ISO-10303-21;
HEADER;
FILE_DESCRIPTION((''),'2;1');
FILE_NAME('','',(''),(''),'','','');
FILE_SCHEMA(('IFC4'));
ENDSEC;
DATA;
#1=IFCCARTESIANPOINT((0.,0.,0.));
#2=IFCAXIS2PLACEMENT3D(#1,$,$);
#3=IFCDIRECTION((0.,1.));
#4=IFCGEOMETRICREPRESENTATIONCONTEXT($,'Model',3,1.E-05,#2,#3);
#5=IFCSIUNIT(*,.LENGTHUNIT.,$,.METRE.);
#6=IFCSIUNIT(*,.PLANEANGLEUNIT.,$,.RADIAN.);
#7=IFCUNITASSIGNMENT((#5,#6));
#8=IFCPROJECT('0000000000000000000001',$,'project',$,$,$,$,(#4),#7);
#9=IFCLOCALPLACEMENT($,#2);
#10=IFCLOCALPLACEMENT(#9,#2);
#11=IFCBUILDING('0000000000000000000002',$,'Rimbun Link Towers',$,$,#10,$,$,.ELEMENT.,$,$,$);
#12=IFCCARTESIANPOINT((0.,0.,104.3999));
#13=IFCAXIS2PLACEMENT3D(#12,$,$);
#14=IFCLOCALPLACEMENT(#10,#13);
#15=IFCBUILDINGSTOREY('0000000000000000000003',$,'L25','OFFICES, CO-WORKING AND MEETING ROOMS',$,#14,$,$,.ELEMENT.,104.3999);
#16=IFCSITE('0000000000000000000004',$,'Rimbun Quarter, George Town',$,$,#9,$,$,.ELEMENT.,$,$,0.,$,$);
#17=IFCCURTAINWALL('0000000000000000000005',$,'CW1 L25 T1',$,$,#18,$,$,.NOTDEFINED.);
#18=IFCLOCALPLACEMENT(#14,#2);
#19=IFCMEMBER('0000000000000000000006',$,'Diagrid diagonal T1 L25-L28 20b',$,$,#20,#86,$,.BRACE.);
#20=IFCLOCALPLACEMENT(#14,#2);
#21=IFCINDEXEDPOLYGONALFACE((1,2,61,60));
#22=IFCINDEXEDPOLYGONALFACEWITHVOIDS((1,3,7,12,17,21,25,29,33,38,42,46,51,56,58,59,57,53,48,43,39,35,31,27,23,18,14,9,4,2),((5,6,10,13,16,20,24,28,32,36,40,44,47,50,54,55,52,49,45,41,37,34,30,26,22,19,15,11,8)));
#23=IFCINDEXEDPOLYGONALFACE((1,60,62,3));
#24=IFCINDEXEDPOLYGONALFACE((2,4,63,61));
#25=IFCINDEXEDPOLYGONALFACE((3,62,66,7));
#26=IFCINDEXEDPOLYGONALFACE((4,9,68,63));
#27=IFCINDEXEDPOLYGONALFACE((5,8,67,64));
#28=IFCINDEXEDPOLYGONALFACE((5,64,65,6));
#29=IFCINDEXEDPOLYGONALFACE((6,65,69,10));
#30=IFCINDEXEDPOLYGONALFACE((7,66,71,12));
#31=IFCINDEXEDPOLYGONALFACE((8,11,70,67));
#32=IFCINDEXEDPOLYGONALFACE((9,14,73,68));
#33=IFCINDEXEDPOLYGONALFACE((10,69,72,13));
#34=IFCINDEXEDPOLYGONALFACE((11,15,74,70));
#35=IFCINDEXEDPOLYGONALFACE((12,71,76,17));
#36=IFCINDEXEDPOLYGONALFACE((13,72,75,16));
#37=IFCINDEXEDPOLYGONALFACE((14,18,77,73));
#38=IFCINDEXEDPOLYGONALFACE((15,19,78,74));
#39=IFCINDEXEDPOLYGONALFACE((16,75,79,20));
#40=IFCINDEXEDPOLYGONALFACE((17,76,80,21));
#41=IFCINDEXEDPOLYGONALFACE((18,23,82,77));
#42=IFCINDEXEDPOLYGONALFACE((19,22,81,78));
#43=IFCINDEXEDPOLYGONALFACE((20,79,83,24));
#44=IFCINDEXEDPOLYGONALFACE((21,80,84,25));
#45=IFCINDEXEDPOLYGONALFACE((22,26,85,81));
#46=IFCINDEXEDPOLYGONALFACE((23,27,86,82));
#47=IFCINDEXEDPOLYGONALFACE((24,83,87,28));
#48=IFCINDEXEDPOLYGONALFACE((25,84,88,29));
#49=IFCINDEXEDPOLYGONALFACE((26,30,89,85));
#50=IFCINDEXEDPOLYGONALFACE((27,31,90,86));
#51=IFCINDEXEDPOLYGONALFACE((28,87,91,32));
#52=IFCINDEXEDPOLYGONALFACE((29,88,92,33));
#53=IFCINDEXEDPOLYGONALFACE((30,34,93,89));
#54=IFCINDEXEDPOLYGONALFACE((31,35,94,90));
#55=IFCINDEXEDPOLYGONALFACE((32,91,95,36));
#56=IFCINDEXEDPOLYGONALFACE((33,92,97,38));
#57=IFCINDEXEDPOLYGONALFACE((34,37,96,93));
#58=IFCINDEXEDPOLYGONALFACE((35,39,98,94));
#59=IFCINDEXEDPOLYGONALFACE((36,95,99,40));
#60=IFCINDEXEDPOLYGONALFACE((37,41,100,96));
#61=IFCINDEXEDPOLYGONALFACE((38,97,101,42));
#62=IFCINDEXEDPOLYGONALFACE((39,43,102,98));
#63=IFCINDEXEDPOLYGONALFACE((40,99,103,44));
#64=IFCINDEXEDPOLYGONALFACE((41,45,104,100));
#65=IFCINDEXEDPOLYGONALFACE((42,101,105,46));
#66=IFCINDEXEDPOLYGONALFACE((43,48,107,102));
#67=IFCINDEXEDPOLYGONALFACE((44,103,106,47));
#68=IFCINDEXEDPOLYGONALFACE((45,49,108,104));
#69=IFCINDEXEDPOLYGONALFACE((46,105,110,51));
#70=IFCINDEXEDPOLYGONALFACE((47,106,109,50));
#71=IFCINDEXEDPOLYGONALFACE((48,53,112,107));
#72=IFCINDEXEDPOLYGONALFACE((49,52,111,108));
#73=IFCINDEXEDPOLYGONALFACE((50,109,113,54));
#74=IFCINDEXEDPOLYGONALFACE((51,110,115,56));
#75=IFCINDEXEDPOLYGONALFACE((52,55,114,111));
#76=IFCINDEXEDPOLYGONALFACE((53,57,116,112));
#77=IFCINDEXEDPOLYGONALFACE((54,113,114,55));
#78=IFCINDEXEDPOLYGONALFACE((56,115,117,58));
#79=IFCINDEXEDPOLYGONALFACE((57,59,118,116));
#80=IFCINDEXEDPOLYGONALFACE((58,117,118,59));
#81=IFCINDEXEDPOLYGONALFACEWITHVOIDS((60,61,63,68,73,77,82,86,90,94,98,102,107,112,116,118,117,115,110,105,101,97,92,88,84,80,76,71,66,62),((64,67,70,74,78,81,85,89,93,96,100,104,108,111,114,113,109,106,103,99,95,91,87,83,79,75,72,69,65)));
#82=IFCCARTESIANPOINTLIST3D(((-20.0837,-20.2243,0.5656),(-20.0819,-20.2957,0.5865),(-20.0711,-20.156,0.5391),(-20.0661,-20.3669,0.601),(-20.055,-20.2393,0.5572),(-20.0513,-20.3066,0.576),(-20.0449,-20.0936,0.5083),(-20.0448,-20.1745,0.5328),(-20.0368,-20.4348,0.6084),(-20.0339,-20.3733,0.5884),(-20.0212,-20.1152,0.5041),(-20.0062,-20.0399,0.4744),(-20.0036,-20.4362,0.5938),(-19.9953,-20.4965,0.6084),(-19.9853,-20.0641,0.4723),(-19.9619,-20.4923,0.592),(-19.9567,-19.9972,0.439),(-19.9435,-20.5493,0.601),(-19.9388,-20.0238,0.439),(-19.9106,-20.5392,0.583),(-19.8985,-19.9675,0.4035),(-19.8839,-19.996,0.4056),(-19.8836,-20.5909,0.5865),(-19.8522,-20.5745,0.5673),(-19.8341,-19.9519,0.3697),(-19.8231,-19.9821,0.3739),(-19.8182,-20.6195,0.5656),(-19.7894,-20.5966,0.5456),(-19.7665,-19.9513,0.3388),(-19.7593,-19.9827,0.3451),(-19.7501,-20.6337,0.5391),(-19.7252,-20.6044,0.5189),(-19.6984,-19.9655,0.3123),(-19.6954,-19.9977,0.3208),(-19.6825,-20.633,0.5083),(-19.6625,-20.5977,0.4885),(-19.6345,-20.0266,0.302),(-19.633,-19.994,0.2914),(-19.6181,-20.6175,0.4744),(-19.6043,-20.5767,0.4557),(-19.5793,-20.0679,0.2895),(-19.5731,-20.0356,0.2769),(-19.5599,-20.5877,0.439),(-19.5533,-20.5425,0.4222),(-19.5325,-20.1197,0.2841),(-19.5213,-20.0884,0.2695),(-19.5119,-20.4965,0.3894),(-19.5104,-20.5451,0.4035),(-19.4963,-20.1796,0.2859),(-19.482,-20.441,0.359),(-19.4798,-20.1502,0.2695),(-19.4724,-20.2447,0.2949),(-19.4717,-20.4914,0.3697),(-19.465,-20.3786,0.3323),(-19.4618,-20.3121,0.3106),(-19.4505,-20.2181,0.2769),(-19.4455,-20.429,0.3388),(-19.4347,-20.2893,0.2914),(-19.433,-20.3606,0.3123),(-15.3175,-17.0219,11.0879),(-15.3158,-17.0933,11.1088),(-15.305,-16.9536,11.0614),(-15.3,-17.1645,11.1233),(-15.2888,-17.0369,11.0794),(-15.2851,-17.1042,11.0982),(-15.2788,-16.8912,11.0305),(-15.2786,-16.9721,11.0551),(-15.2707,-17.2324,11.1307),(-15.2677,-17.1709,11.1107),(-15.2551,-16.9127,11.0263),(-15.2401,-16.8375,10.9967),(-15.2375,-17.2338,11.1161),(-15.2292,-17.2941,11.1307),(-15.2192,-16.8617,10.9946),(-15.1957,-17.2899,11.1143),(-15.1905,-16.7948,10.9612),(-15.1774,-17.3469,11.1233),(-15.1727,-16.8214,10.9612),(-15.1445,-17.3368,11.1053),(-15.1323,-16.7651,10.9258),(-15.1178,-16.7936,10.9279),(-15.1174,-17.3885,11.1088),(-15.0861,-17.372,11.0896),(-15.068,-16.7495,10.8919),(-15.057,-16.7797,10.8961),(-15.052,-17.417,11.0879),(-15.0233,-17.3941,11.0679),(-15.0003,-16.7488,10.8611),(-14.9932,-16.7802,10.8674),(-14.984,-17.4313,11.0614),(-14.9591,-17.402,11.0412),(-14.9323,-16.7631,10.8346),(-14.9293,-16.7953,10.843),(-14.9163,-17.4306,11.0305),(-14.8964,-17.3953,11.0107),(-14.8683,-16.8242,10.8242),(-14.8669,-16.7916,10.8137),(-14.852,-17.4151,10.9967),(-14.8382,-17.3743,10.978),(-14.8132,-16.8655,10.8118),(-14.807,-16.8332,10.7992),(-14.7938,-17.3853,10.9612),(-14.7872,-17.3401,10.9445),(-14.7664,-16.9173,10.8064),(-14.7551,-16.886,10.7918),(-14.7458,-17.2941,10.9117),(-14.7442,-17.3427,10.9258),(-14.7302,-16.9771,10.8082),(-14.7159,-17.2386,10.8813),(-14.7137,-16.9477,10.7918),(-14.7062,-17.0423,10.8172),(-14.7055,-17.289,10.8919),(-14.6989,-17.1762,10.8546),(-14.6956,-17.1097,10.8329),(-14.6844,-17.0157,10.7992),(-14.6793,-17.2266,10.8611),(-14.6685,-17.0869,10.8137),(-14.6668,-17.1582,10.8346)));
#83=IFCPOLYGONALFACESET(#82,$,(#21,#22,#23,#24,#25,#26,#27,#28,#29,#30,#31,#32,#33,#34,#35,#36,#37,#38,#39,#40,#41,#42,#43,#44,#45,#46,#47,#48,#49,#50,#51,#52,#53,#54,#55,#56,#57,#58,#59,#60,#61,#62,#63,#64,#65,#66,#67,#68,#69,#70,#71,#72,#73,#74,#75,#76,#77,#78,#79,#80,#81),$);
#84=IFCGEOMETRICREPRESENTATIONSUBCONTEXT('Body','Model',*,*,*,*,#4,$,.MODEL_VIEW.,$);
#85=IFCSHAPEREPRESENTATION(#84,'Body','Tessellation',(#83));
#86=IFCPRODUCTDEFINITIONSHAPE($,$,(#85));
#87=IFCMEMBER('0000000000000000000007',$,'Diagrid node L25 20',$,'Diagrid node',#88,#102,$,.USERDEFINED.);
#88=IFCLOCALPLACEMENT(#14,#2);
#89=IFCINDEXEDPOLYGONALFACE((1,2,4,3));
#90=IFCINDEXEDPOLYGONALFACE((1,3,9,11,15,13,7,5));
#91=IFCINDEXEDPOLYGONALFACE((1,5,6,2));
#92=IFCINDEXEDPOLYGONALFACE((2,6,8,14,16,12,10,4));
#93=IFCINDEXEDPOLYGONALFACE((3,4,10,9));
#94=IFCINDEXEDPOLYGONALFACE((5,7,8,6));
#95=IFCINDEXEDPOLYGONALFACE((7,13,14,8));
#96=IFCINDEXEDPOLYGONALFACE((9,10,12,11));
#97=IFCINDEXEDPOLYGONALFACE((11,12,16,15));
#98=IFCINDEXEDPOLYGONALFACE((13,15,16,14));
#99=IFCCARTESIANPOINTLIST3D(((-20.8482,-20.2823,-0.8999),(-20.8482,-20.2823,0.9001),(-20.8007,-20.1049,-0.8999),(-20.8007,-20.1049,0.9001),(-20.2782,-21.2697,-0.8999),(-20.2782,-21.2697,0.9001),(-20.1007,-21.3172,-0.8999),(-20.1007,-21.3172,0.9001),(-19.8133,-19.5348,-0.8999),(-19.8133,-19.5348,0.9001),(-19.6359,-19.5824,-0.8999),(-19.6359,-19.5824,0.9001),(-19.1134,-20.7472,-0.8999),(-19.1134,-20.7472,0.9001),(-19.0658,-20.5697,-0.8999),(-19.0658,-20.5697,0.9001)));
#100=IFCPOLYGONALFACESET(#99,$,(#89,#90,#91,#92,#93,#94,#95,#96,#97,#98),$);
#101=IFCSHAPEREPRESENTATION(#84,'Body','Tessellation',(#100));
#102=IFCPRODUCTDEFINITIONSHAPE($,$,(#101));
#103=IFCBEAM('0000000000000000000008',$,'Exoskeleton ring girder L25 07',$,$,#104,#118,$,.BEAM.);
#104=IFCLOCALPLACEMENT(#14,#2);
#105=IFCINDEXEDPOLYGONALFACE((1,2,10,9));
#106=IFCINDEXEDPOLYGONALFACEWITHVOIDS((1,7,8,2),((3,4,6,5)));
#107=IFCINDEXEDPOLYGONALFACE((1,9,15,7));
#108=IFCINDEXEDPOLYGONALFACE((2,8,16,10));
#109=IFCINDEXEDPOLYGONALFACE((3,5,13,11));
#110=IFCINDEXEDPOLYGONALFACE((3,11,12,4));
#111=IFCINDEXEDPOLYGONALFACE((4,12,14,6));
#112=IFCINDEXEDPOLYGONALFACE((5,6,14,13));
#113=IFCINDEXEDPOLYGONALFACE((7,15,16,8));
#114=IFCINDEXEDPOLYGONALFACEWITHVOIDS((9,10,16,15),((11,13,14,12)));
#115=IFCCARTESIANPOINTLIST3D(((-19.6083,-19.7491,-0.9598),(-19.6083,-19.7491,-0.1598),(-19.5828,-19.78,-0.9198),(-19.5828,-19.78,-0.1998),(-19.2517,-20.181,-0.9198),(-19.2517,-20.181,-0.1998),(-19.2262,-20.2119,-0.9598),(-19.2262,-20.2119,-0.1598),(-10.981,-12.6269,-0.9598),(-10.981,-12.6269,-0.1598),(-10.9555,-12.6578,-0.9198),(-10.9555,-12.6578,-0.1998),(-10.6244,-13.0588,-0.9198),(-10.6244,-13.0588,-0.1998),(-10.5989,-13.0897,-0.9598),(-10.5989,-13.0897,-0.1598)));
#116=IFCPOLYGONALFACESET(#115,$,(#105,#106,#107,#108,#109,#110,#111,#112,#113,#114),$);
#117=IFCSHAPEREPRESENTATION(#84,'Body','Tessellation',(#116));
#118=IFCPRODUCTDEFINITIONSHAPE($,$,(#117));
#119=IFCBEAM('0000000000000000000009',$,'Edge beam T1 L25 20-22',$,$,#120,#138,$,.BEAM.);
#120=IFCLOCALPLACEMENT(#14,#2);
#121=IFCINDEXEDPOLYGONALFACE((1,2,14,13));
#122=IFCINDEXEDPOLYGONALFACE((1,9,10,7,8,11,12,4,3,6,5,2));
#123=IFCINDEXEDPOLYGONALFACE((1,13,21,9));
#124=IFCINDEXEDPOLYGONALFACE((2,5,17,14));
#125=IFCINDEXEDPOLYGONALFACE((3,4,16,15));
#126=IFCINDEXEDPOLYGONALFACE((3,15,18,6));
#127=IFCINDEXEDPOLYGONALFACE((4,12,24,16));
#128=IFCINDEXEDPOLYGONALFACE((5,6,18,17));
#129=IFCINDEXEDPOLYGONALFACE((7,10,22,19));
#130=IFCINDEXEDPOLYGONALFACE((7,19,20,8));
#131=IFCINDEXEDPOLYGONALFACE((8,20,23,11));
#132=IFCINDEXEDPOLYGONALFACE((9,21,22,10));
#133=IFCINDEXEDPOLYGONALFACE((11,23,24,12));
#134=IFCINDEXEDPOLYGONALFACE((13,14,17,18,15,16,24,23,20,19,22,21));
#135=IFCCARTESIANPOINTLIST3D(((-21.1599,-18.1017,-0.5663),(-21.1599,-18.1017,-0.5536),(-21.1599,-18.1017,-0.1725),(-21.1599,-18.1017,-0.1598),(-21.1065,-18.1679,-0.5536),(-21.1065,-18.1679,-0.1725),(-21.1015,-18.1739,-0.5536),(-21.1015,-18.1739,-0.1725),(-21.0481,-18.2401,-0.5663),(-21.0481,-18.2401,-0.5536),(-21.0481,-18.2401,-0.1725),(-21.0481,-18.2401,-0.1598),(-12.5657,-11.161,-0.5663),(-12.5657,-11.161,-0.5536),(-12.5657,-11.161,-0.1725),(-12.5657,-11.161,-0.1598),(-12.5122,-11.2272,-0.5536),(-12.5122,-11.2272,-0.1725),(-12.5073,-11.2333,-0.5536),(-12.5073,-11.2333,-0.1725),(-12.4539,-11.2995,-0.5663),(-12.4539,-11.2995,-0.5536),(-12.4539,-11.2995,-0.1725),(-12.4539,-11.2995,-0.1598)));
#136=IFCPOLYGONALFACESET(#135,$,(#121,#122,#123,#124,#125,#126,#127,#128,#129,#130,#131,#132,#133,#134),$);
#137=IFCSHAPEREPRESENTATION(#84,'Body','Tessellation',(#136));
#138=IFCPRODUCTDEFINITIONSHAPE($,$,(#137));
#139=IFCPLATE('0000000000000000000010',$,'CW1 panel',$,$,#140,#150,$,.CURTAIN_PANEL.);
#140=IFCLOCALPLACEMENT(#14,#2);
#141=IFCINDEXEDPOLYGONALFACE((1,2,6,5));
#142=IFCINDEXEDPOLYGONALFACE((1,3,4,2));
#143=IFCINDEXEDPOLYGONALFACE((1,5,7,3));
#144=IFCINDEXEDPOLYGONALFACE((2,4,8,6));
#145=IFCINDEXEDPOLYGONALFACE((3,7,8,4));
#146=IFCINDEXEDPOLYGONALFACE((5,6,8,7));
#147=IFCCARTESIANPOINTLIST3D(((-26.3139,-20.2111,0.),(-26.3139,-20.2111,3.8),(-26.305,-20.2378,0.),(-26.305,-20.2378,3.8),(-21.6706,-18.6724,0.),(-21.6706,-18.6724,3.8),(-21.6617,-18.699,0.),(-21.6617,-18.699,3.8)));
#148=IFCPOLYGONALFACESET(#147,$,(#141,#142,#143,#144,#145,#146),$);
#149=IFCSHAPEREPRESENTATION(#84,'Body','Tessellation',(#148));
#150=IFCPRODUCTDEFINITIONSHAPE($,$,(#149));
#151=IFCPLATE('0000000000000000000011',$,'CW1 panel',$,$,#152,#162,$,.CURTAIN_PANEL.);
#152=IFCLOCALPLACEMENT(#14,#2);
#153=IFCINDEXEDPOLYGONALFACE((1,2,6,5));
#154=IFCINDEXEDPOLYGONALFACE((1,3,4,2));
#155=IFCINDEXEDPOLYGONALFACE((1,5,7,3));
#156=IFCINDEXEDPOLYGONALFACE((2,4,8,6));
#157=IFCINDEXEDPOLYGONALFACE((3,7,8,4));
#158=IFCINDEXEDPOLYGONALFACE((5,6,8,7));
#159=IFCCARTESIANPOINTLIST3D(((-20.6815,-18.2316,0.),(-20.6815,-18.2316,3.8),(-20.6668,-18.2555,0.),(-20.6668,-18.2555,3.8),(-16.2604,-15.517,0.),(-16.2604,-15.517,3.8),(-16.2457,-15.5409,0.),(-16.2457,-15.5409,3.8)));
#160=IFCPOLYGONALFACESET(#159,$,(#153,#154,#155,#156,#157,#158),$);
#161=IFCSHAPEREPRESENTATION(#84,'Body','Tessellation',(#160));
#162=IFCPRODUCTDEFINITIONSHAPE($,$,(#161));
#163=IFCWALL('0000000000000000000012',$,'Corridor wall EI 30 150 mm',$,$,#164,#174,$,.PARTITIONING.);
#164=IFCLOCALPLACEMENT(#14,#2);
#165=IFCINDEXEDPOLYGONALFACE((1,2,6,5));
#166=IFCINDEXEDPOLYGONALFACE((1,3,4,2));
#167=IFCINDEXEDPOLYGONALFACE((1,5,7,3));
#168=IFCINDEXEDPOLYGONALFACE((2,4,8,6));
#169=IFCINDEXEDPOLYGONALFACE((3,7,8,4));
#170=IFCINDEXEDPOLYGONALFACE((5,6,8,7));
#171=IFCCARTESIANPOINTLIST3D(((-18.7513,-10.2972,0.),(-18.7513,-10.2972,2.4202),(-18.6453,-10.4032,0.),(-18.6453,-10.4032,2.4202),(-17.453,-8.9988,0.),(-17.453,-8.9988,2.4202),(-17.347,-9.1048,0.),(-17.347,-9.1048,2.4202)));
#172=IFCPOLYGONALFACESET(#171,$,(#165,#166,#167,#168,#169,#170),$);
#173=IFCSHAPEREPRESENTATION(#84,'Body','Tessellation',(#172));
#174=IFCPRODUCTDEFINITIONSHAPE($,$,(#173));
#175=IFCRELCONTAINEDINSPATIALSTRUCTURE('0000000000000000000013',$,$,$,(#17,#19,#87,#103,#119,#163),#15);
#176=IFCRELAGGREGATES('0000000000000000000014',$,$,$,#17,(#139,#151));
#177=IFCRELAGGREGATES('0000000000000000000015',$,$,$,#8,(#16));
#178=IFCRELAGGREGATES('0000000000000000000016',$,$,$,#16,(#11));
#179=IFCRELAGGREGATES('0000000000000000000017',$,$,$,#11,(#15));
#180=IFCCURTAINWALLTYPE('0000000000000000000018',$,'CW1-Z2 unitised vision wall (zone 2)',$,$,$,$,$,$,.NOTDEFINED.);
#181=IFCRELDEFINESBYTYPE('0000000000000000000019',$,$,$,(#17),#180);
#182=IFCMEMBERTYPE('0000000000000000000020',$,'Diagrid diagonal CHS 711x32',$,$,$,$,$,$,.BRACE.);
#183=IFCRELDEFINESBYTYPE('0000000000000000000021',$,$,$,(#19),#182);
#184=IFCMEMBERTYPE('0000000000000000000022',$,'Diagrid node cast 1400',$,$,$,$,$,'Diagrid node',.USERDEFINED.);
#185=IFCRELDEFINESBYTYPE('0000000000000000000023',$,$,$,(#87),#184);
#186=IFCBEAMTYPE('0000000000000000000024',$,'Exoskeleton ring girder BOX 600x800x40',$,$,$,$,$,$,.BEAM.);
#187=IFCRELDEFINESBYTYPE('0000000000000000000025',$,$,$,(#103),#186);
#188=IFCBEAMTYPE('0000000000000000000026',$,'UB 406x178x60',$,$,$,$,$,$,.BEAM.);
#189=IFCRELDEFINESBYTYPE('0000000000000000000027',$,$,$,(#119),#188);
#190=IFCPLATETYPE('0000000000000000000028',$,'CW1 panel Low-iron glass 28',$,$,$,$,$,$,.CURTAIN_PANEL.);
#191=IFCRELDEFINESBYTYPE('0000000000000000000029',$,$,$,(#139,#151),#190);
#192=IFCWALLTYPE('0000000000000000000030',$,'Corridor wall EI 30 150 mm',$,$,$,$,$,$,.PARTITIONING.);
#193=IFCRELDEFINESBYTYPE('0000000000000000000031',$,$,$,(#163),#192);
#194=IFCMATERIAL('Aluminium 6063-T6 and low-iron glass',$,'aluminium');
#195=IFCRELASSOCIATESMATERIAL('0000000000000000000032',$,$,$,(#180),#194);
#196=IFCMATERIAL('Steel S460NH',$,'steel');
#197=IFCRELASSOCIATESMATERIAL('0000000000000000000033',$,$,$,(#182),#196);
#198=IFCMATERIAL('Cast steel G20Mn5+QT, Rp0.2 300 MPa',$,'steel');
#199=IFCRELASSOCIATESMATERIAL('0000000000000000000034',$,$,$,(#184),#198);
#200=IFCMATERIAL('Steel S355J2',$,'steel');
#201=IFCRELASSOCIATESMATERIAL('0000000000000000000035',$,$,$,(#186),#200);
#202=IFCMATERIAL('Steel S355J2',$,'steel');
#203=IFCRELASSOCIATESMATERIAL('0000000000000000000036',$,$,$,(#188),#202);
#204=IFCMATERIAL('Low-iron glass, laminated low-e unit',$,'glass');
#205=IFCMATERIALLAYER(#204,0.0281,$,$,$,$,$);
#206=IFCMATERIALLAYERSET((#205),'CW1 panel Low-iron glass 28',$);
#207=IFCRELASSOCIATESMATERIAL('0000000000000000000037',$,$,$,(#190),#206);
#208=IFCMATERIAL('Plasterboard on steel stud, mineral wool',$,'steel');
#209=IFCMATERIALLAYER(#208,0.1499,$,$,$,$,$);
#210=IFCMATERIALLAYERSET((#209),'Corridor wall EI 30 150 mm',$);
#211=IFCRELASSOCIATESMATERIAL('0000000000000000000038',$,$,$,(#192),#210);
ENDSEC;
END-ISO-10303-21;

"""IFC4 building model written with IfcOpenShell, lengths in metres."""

from ifc_helpers import new_model, si_unit, direction, frame, frame_2d, origin, origin_2d, place, context, subcontext, project, spatial, polyline, rectangle, hollow_rectangle, hollow_circle, i_section, outline, extrude, material, layer, layer_set, material_profile, profile_set, type_object, element, aggregate, save


model = new_model("IFC4")

# Units and contexts
model_context = context("Model", 3, precision=1e-05, world=origin(), true_north=direction((0.0, 1.0)))
body_context = subcontext(model_context, "Body", "Model", "MODEL_VIEW")
ifc_project = project(units=[si_unit("LENGTHUNIT", "METRE"), si_unit("PLANEANGLEUNIT", "RADIAN")], contexts=[model_context])

# Site, building, storey
site_placement = place(None, origin())
site = spatial("IfcSite", under=ifc_project, at=site_placement, Name="Rimbun Quarter, George Town", CompositionType="ELEMENT", RefElevation=0.0)
building_placement = place(site_placement, origin())
building = spatial("IfcBuilding", under=site, at=building_placement, Name="Rimbun Link Towers", CompositionType="ELEMENT")
storey_placement = place(building_placement, frame((0.0, 0.0, 104.3999)))
storey = spatial("IfcBuildingStorey", under=building, at=storey_placement, Name="L25", Description="OFFICES, CO-WORKING AND MEETING ROOMS", CompositionType="ELEMENT", Elevation=104.3999)

# Curtain wall
ifc_material_1 = material(Name="Aluminium 6063-T6 and low-iron glass", Category="aluminium")
curtain_wall_type = type_object("IfcCurtainWallType", Name="CW1-Z2 unitised vision wall (zone 2)", PredefinedType="NOTDEFINED", material=ifc_material_1)
curtain_wall_placement = place(storey_placement, origin())
curtain_wall = element("IfcCurtainWall", 1, at=curtain_wall_placement, inside=storey, type_object=curtain_wall_type, Name="CW1 L25 T1", PredefinedType="NOTDEFINED")

# Members
ifc_material_2 = material(Name="Steel S460NH", Category="steel")
ifc_material_profile_1 = material_profile(ifc_material_2, hollow_circle(Radius=0.3557, WallThickness=0.032, at=origin_2d()), Name="Diagrid diagonal CHS 711x32")
ifc_profile_set_1 = profile_set([ifc_material_profile_1], Name="Steel S460NH")
member_type_1 = type_object("IfcMemberType", Name="Diagrid diagonal CHS 711x32", PredefinedType="BRACE", material=ifc_profile_set_1)
member_1_placement = place(storey_placement, frame((-19.7583, -20.2925, 0.439), z_axis=(0.397607, 0.267155, 0.877802), x_axis=(-0.557709, 0.830037, 0.0)))
element("IfcMember", 2, at=member_1_placement, inside=storey, type_object=member_type_1, Name="Diagrid diagonal T1 L25-L28 20b", PredefinedType="BRACE", context=body_context, shape_type="SweptSolid", body=[
    extrude(hollow_circle(Radius=0.3557, WallThickness=0.032, at=origin_2d()), origin(), (0.0, 0.0, 1.0), 11.9871),
])
ifc_material_3 = material(Name="Cast steel G20Mn5+QT, Rp0.2 300 MPa", Category="steel")
ifc_material_profile_2 = material_profile(ifc_material_3, outline(polyline([(0.7, -0.5701), (0.7, 0.5701), (0.5701, 0.7), (-0.5701, 0.7), (-0.7, 0.5701), (-0.7, -0.5701), (-0.5701, -0.7), (0.5701, -0.7), (0.7, -0.5701)])), Name="NODE 1400x1400")
ifc_profile_set_2 = profile_set([ifc_material_profile_2], Name="Cast steel G20Mn5+QT, Rp0.2 300 MPa")
member_type_2 = type_object("IfcMemberType", Name="Diagrid node cast 1400", ElementType="Diagrid node", PredefinedType="USERDEFINED", material=ifc_profile_set_2)
member_2_placement = place(storey_placement, frame((-19.957, -20.426, -0.8999), z_axis=(0.0, 0.0, 1.0), x_axis=(0.5, -0.866025, 0.0)))
element("IfcMember", 3, at=member_2_placement, inside=storey, type_object=member_type_2, Name="Diagrid node L25 20", ObjectType="Diagrid node", PredefinedType="USERDEFINED", context=body_context, shape_type="SweptSolid", body=[
    extrude(outline(polyline([(0.7, -0.5701), (0.7, 0.5701), (0.5701, 0.7), (-0.5701, 0.7), (-0.7, 0.5701), (-0.7, -0.5701), (-0.5701, -0.7), (0.5701, -0.7), (0.7, -0.5701)])), origin(), (0.0, 0.0, 1.0), 1.8),
])

# Beams
ifc_material_4 = material(Name="Steel S355J2", Category="steel")
ifc_material_profile_3 = material_profile(ifc_material_4, hollow_rectangle(XDim=0.6001, YDim=0.8, WallThickness=0.04, at=origin_2d()), Name="Exoskeleton ring girder BOX 600x800x40")
ifc_profile_set_3 = profile_set([ifc_material_profile_3], Name="Steel S355J2")
beam_type_1 = type_object("IfcBeamType", Name="Exoskeleton ring girder BOX 600x800x40", PredefinedType="BEAM", material=ifc_profile_set_3)
beam_1_placement = place(storey_placement, frame((-19.4172, -19.9805, -0.5598), z_axis=(0.77117, 0.636629, 0.0), x_axis=(-0.636629, 0.77117, 0.0)))
element("IfcBeam", 4, at=beam_1_placement, inside=storey, type_object=beam_type_1, Name="Exoskeleton ring girder L25 07", PredefinedType="BEAM", context=body_context, shape_type="SweptSolid", body=[
    extrude(hollow_rectangle(XDim=0.6001, YDim=0.8, WallThickness=0.04, at=origin_2d()), origin(), (0.0, 0.0, 1.0), 11.1873),
])
ifc_material_5 = material(Name="Steel S355J2", Category="steel")
ifc_material_profile_4 = material_profile(ifc_material_5, i_section(OverallWidth=0.178, OverallDepth=0.4065, WebThickness=0.0078, FlangeThickness=0.0127, at=origin_2d()), Name="UB 406x178x60")
ifc_profile_set_4 = profile_set([ifc_material_profile_4], Name="Steel S355J2")
beam_type_2 = type_object("IfcBeamType", Name="UB 406x178x60", PredefinedType="BEAM", material=ifc_profile_set_4)
beam_2_placement = place(storey_placement, frame((-21.104, -18.1709, -0.363), z_axis=(0.777978, 0.628292, 0.0), x_axis=(-0.628292, 0.777978, 0.0)))
element("IfcBeam", 5, at=beam_2_placement, inside=storey, type_object=beam_type_2, Name="Edge beam T1 L25 20-22", PredefinedType="BEAM", context=body_context, shape_type="SweptSolid", body=[
    extrude(i_section(OverallWidth=0.178, OverallDepth=0.4065, WebThickness=0.0078, FlangeThickness=0.0127, at=origin_2d()), origin(), (0.0, 0.0, 1.0), 11.0469),
])

# Plates
ifc_material_6 = material(Name="Low-iron glass, laminated low-e unit", Category="glass")
ifc_layer_1 = layer(ifc_material_6, 0.0281)
ifc_layer_set_1 = layer_set([ifc_layer_1], Name="CW1 panel Low-iron glass 28")
plate_type = type_object("IfcPlateType", Name="CW1 panel Low-iron glass 28", PredefinedType="CURTAIN_PANEL", material=ifc_layer_set_1)
plate_1_placement = place(storey_placement, frame((-23.9878, -19.4551, 0.0), z_axis=(0.0, 0.0, 1.0), x_axis=(-0.949237, -0.314562, 0.0)))
plate_1 = element("IfcPlate", 6, at=plate_1_placement, type_object=plate_type, Name="CW1 panel", PredefinedType="CURTAIN_PANEL", context=body_context, shape_type="SweptSolid", body=[
    extrude(rectangle(XDim=4.8916, YDim=0.0281, at=origin_2d()), origin(), (0.0, 0.0, 1.0), 3.8),
])
plate_2_placement = place(storey_placement, frame((-18.4636, -16.8862, 0.0), z_axis=(0.0, 0.0, 1.0), x_axis=(-0.852185, -0.523241, 0.0)))
plate_2 = element("IfcPlate", 7, at=plate_2_placement, type_object=plate_type, Name="CW1 panel", PredefinedType="CURTAIN_PANEL", context=body_context, shape_type="SweptSolid", body=[
    extrude(rectangle(XDim=5.188, YDim=0.0281, at=origin_2d()), origin(), (0.0, 0.0, 1.0), 3.8),
])
aggregate(curtain_wall, [plate_1, plate_2])

# Wall
ifc_material_7 = material(Name="Plasterboard on steel stud, mineral wool", Category="steel")
ifc_layer_2 = layer(ifc_material_7, 0.1499)
ifc_layer_set_2 = layer_set([ifc_layer_2], Name="Corridor wall EI 30 150 mm")
wall_type_1 = type_object("IfcWallType", Name="Corridor wall EI 30 150 mm", PredefinedType="PARTITIONING", material=ifc_layer_set_2)
wall_1_placement = place(storey_placement, frame((-18.6982, -10.3501, 0.0), z_axis=(0.0, 0.0, 1.0), x_axis=(0.707107, 0.707107, 0.0)))
element("IfcWall", 8, at=wall_1_placement, inside=storey, type_object=wall_type_1, Name="Corridor wall EI 30 150 mm", PredefinedType="PARTITIONING", context=body_context, shape_type="SweptSolid", body=[
    extrude(rectangle(XDim=1.8362, YDim=0.1499, at=frame_2d((0.918, 0.0))), origin(), (0.0, 0.0, 1.0), 2.4202),
])

save(model, "model.ifc")
